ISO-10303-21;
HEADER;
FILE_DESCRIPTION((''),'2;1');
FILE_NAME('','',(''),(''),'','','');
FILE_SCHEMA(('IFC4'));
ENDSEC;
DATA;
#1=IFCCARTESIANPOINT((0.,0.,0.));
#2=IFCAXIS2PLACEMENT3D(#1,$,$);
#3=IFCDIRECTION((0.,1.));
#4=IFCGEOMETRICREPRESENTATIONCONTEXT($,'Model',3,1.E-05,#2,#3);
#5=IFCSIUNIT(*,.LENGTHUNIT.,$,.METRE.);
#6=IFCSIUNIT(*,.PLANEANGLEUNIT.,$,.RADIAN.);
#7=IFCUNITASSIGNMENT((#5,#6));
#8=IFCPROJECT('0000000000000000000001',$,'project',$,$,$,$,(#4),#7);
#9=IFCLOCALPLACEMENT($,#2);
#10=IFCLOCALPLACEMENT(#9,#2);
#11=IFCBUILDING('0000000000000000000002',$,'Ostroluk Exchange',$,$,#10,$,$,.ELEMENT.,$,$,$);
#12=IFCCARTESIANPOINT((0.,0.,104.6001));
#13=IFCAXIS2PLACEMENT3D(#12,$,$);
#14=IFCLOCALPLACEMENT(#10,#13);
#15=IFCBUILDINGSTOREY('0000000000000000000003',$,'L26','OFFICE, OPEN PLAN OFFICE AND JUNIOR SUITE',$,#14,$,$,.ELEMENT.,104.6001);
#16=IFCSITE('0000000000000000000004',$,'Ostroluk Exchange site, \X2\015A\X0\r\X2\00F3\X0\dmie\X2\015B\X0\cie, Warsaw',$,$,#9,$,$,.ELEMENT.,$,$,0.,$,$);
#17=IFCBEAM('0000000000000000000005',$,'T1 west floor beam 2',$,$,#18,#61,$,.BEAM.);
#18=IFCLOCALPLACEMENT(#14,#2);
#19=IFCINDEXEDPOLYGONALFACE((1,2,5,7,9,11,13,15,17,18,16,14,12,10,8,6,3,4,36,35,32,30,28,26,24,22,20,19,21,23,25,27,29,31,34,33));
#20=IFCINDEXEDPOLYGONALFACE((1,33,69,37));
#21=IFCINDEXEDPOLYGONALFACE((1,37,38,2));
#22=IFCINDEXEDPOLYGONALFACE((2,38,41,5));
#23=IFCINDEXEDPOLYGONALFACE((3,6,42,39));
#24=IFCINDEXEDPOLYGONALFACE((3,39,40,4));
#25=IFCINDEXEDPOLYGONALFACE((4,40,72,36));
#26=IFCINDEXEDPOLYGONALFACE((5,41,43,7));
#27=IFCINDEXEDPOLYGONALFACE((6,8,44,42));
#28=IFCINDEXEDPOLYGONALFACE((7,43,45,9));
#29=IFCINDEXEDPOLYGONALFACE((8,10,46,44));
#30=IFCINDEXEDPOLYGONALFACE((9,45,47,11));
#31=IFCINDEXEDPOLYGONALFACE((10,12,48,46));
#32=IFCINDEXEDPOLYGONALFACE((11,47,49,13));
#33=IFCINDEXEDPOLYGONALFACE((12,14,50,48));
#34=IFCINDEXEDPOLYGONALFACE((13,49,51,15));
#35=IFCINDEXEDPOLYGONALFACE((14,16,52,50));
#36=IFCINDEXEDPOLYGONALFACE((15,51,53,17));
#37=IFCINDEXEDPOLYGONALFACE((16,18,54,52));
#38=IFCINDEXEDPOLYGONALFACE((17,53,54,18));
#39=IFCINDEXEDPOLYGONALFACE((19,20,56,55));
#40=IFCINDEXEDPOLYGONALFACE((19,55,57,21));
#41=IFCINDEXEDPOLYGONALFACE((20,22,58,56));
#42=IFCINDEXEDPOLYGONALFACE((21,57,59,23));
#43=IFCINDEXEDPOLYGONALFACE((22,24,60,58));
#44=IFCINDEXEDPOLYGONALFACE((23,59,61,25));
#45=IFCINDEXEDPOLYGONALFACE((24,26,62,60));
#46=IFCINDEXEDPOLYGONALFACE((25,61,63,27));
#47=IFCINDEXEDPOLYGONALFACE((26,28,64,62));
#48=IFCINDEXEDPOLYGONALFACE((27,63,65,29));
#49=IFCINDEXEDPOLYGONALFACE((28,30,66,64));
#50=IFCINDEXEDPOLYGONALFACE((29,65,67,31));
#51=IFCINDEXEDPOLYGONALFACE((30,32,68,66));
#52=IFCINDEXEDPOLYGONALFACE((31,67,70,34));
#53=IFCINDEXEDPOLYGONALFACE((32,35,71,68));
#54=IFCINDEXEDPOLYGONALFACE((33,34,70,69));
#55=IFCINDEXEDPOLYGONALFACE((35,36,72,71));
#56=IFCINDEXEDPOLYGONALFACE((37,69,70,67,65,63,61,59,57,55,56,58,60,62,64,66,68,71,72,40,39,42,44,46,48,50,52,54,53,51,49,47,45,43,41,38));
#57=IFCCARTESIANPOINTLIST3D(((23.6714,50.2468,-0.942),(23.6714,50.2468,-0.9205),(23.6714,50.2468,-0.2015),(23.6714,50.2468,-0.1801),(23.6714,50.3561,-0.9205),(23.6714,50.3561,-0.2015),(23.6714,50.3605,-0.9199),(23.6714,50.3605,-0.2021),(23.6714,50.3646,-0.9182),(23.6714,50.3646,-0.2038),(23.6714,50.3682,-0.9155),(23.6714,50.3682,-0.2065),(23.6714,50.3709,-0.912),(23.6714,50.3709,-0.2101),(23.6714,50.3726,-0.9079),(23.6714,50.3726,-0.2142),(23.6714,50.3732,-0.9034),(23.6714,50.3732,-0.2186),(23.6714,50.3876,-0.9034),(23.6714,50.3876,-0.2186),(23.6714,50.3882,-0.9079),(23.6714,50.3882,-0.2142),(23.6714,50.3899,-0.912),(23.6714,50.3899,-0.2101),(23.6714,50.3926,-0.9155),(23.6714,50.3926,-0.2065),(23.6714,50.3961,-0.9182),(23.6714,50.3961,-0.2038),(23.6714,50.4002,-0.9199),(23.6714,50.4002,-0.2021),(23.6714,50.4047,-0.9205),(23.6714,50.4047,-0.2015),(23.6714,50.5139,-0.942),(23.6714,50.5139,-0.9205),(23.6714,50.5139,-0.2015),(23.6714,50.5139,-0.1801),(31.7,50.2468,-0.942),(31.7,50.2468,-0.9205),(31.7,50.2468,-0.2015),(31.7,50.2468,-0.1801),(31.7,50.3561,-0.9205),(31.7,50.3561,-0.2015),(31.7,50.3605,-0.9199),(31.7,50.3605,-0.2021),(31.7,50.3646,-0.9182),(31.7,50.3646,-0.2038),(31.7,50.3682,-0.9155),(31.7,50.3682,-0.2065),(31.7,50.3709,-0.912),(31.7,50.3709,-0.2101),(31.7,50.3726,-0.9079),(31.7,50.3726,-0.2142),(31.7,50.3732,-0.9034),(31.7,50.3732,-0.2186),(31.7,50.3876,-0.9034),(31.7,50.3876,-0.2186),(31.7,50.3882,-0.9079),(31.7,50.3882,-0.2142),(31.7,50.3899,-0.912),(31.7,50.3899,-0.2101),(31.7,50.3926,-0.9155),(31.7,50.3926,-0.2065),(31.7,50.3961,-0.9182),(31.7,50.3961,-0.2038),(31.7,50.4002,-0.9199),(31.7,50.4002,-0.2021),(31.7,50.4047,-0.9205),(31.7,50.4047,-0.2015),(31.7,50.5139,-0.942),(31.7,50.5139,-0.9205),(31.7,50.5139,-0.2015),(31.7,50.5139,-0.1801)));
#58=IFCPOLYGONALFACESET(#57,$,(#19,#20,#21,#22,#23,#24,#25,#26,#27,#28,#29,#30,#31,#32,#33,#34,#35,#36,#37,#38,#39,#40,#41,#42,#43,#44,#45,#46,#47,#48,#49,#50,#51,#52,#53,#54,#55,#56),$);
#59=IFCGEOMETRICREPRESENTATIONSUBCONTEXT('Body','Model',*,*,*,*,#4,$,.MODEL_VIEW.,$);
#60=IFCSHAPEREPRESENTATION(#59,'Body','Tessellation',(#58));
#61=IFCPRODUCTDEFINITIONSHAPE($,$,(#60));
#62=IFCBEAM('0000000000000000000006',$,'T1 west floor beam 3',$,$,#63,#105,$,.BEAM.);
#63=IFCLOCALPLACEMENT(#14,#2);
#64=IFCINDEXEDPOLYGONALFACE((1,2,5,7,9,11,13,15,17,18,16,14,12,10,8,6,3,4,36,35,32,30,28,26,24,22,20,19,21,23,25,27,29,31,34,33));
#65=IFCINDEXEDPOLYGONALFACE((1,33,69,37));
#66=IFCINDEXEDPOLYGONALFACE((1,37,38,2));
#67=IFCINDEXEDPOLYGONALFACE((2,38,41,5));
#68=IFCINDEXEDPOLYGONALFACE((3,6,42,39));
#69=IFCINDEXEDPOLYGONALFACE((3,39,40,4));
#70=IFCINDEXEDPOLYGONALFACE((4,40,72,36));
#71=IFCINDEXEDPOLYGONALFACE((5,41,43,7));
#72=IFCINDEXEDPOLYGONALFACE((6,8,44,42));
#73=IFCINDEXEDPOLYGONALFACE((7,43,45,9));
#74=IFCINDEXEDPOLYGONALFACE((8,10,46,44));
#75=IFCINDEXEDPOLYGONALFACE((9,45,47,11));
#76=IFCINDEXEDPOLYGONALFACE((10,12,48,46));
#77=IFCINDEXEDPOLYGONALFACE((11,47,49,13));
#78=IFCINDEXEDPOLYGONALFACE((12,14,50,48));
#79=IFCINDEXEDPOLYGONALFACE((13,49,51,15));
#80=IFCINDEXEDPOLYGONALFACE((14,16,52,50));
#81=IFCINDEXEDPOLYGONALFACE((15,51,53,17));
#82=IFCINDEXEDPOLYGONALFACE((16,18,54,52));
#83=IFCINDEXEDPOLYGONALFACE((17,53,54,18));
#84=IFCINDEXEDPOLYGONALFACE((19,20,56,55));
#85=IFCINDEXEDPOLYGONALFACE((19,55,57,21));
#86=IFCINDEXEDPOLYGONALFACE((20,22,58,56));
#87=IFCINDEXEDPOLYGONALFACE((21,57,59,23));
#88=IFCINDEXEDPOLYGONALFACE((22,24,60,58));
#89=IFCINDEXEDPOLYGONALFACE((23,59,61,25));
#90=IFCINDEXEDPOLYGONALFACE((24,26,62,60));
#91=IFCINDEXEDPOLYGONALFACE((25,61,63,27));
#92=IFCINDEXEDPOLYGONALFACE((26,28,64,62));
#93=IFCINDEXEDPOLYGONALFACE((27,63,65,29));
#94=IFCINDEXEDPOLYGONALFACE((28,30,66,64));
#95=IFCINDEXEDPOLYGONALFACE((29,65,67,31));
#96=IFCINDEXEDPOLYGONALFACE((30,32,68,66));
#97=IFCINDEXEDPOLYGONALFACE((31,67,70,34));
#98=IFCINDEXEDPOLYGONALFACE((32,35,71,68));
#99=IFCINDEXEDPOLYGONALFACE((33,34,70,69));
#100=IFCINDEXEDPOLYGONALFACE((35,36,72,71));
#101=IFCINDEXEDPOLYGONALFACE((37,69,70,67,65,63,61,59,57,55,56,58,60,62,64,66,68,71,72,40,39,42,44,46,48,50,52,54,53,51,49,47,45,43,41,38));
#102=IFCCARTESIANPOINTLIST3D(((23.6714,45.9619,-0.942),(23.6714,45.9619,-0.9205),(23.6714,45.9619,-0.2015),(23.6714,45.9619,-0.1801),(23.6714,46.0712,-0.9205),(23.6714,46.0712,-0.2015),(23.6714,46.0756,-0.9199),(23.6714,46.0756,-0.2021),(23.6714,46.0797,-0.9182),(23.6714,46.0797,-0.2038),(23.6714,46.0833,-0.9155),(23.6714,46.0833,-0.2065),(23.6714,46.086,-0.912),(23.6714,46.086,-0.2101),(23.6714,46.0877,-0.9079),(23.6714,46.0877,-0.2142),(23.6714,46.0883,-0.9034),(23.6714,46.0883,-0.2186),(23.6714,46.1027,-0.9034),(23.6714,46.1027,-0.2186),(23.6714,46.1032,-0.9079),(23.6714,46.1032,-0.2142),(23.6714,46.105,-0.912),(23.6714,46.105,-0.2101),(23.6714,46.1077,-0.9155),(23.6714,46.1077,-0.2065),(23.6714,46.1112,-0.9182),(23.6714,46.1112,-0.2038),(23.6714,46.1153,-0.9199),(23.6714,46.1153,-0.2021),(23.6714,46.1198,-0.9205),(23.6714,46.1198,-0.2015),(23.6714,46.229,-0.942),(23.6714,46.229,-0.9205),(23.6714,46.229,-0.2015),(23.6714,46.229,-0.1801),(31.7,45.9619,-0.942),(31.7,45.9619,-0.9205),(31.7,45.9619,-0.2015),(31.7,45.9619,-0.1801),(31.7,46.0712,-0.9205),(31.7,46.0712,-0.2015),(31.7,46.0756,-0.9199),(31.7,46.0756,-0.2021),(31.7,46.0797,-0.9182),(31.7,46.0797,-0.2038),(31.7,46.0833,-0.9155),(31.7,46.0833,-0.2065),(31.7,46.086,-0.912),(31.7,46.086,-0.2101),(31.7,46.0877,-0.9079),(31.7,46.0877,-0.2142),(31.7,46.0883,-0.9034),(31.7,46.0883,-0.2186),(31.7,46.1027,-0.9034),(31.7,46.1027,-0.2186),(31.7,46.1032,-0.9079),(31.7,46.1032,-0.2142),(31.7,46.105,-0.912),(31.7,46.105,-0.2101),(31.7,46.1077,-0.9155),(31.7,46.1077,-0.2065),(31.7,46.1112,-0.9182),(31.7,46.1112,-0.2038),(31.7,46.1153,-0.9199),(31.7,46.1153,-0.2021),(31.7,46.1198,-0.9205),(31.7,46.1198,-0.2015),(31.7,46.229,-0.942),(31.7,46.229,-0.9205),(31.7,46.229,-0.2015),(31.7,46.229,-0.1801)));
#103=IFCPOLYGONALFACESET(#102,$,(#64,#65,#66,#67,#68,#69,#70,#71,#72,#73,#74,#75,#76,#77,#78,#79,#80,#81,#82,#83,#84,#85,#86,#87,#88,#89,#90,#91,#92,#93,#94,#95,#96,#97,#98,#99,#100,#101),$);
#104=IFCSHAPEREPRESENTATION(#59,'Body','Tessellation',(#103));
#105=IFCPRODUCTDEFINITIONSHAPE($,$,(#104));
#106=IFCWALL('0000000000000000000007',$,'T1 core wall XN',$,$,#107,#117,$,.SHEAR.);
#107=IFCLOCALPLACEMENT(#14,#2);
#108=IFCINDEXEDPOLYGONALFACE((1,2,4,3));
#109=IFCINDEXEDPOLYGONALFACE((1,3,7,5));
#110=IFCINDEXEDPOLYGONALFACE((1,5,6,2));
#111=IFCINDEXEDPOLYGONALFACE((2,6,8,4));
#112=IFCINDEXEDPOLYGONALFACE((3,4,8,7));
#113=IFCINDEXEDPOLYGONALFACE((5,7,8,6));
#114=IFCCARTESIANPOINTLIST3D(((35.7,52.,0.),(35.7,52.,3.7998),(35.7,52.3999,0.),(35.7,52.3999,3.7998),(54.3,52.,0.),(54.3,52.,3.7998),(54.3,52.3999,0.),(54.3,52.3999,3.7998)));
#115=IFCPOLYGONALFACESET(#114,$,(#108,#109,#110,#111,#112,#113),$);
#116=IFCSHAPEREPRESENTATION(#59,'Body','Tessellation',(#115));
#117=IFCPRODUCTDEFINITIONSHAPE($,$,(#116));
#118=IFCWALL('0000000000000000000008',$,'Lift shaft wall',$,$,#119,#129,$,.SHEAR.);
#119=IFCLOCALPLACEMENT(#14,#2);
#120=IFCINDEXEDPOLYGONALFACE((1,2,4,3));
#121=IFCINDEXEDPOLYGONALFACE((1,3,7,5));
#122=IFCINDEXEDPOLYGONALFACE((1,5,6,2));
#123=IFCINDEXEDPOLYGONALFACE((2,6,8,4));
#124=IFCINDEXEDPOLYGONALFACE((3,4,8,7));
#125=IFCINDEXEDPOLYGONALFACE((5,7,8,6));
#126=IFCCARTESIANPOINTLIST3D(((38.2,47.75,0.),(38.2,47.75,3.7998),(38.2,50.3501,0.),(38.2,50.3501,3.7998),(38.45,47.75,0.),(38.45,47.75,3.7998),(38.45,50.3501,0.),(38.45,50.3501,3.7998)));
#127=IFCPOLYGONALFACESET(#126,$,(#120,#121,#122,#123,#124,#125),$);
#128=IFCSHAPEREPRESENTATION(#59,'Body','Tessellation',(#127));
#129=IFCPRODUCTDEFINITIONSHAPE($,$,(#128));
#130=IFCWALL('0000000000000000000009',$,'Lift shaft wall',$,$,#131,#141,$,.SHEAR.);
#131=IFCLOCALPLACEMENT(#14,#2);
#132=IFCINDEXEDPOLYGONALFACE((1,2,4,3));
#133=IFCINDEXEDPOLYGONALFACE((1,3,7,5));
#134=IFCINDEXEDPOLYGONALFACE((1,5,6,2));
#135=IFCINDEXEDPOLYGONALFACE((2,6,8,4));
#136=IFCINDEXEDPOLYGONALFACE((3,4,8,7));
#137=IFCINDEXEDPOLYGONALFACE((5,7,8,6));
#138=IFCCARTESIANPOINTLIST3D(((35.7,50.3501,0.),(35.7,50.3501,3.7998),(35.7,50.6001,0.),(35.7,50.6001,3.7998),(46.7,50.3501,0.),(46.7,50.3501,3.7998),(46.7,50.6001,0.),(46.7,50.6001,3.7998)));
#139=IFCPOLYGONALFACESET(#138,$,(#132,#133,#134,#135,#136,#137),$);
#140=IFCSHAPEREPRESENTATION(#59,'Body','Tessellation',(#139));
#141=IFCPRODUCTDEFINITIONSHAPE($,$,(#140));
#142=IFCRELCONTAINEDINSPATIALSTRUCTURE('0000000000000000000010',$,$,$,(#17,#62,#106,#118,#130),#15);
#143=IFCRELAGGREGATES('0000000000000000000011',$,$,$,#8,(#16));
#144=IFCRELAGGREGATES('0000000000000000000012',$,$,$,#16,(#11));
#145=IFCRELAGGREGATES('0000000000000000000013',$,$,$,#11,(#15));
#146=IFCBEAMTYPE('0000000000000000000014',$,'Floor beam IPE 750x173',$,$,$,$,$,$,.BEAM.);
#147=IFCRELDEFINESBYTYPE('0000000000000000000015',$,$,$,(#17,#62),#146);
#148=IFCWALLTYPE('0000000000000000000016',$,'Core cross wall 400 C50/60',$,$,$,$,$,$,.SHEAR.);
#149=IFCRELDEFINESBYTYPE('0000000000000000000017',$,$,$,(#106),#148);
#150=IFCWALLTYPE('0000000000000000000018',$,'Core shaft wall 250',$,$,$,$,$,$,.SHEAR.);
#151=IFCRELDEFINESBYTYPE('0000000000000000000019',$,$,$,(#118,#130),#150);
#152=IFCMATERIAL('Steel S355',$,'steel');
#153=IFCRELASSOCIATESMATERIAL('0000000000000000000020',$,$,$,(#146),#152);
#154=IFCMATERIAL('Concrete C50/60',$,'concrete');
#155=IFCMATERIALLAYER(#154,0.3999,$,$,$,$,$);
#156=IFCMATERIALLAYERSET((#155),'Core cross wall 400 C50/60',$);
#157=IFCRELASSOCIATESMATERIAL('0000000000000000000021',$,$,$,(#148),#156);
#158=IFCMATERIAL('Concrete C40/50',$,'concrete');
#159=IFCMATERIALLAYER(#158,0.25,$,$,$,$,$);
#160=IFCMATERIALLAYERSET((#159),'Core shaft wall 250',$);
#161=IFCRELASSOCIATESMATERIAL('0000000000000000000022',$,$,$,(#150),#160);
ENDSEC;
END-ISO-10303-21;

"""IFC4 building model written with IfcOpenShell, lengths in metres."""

from ifc_helpers import new_model, si_unit, direction, frame, frame_2d, origin, origin_2d, place, context, subcontext, project, spatial, rectangle, i_section, extrude, material, layer, layer_set, material_profile, profile_set, type_object, element, save


model = new_model("IFC4")

# Units and contexts
model_context = context("Model", 3, precision=1e-05, world=origin(), true_north=direction((0.0, 1.0)))
body_context = subcontext(model_context, "Body", "Model", "MODEL_VIEW")
ifc_project = project(units=[si_unit("LENGTHUNIT", "METRE"), si_unit("PLANEANGLEUNIT", "RADIAN")], contexts=[model_context])

# Site, building, storey
site_placement = place(None, origin())
site = spatial("IfcSite", under=ifc_project, at=site_placement, Name="Ostroluk Exchange site, Śródmieście, Warsaw", CompositionType="ELEMENT", RefElevation=0.0)
building_placement = place(site_placement, origin())
building = spatial("IfcBuilding", under=site, at=building_placement, Name="Ostroluk Exchange", CompositionType="ELEMENT")
storey_placement = place(building_placement, frame((0.0, 0.0, 104.6001)))
storey = spatial("IfcBuildingStorey", under=building, at=storey_placement, Name="L26", Description="OFFICE, OPEN PLAN OFFICE AND JUNIOR SUITE", CompositionType="ELEMENT", Elevation=104.6001)

# Beams
ifc_material_1 = material(Name="Steel S355", Category="steel")
ifc_material_profile = material_profile(ifc_material_1, i_section(OverallWidth=0.2671, OverallDepth=0.762, WebThickness=0.0144, FlangeThickness=0.0215, FilletRadius=0.0171, at=origin_2d()), Name="IPE 750x173")
ifc_profile_set = profile_set([ifc_material_profile], Name="Steel S355")
beam_type = type_object("IfcBeamType", Name="Floor beam IPE 750x173", PredefinedType="BEAM", material=ifc_profile_set)
for number, where, z_axis, x_axis, name in (
    (1, (31.7, 50.3804, -0.561), (-1.0, 0.0, 0.0), (0.0, -1.0, 0.0), "T1 west floor beam 2"),
    (2, (31.7, 46.0955, -0.561), (-1.0, 0.0, 0.0), (0.0, -1.0, 0.0), "T1 west floor beam 3"),
):
    element("IfcBeam", number, at=place(storey_placement, frame(where, z_axis=z_axis, x_axis=x_axis)), inside=storey, type_object=beam_type, Name=name, PredefinedType="BEAM", context=body_context, shape_type="SweptSolid", body=[
        extrude(i_section(OverallWidth=0.2671, OverallDepth=0.762, WebThickness=0.0144, FlangeThickness=0.0215, FilletRadius=0.0171, at=origin_2d()), origin(), (0.0, 0.0, 1.0), 8.0286),
    ])

# Walls
ifc_material_2 = material(Name="Concrete C50/60", Category="concrete")
ifc_layer_1 = layer(ifc_material_2, 0.3999)
ifc_layer_set_1 = layer_set([ifc_layer_1], Name="Core cross wall 400 C50/60")
wall_type_1 = type_object("IfcWallType", Name="Core cross wall 400 C50/60", PredefinedType="SHEAR", material=ifc_layer_set_1)
wall_1_placement = place(storey_placement, frame((35.7, 52.2, 0.0), z_axis=(0.0, 0.0, 1.0), x_axis=(1.0, 0.0, 0.0)))
element("IfcWall", 3, at=wall_1_placement, inside=storey, type_object=wall_type_1, Name="T1 core wall XN", PredefinedType="SHEAR", context=body_context, shape_type="SweptSolid", body=[
    extrude(rectangle(XDim=18.6001, YDim=0.3999, at=frame_2d((9.3, 0.0))), origin(), (0.0, 0.0, 1.0), 3.7998),
])
ifc_material_3 = material(Name="Concrete C40/50", Category="concrete")
ifc_layer_2 = layer(ifc_material_3, 0.25)
ifc_layer_set_2 = layer_set([ifc_layer_2], Name="Core shaft wall 250")
wall_type_2 = type_object("IfcWallType", Name="Core shaft wall 250", PredefinedType="SHEAR", material=ifc_layer_set_2)
wall_2_placement = place(storey_placement, frame((38.325, 47.75, 0.0), z_axis=(0.0, 0.0, 1.0), x_axis=(0.0, 1.0, 0.0)))
element("IfcWall", 4, at=wall_2_placement, inside=storey, type_object=wall_type_2, Name="Lift shaft wall", PredefinedType="SHEAR", context=body_context, shape_type="SweptSolid", body=[
    extrude(rectangle(XDim=2.6001, YDim=0.25, at=frame_2d((1.3, 0.0))), origin(), (0.0, 0.0, 1.0), 3.7998),
])
wall_3_placement = place(storey_placement, frame((35.7, 50.4751, 0.0), z_axis=(0.0, 0.0, 1.0), x_axis=(1.0, 0.0, 0.0)))
element("IfcWall", 5, at=wall_3_placement, inside=storey, type_object=wall_type_2, Name="Lift shaft wall", PredefinedType="SHEAR", context=body_context, shape_type="SweptSolid", body=[
    extrude(rectangle(XDim=11.0, YDim=0.25, at=frame_2d((5.5, 0.0))), origin(), (0.0, 0.0, 1.0), 3.7998),
])

save(model, "model.ifc")
